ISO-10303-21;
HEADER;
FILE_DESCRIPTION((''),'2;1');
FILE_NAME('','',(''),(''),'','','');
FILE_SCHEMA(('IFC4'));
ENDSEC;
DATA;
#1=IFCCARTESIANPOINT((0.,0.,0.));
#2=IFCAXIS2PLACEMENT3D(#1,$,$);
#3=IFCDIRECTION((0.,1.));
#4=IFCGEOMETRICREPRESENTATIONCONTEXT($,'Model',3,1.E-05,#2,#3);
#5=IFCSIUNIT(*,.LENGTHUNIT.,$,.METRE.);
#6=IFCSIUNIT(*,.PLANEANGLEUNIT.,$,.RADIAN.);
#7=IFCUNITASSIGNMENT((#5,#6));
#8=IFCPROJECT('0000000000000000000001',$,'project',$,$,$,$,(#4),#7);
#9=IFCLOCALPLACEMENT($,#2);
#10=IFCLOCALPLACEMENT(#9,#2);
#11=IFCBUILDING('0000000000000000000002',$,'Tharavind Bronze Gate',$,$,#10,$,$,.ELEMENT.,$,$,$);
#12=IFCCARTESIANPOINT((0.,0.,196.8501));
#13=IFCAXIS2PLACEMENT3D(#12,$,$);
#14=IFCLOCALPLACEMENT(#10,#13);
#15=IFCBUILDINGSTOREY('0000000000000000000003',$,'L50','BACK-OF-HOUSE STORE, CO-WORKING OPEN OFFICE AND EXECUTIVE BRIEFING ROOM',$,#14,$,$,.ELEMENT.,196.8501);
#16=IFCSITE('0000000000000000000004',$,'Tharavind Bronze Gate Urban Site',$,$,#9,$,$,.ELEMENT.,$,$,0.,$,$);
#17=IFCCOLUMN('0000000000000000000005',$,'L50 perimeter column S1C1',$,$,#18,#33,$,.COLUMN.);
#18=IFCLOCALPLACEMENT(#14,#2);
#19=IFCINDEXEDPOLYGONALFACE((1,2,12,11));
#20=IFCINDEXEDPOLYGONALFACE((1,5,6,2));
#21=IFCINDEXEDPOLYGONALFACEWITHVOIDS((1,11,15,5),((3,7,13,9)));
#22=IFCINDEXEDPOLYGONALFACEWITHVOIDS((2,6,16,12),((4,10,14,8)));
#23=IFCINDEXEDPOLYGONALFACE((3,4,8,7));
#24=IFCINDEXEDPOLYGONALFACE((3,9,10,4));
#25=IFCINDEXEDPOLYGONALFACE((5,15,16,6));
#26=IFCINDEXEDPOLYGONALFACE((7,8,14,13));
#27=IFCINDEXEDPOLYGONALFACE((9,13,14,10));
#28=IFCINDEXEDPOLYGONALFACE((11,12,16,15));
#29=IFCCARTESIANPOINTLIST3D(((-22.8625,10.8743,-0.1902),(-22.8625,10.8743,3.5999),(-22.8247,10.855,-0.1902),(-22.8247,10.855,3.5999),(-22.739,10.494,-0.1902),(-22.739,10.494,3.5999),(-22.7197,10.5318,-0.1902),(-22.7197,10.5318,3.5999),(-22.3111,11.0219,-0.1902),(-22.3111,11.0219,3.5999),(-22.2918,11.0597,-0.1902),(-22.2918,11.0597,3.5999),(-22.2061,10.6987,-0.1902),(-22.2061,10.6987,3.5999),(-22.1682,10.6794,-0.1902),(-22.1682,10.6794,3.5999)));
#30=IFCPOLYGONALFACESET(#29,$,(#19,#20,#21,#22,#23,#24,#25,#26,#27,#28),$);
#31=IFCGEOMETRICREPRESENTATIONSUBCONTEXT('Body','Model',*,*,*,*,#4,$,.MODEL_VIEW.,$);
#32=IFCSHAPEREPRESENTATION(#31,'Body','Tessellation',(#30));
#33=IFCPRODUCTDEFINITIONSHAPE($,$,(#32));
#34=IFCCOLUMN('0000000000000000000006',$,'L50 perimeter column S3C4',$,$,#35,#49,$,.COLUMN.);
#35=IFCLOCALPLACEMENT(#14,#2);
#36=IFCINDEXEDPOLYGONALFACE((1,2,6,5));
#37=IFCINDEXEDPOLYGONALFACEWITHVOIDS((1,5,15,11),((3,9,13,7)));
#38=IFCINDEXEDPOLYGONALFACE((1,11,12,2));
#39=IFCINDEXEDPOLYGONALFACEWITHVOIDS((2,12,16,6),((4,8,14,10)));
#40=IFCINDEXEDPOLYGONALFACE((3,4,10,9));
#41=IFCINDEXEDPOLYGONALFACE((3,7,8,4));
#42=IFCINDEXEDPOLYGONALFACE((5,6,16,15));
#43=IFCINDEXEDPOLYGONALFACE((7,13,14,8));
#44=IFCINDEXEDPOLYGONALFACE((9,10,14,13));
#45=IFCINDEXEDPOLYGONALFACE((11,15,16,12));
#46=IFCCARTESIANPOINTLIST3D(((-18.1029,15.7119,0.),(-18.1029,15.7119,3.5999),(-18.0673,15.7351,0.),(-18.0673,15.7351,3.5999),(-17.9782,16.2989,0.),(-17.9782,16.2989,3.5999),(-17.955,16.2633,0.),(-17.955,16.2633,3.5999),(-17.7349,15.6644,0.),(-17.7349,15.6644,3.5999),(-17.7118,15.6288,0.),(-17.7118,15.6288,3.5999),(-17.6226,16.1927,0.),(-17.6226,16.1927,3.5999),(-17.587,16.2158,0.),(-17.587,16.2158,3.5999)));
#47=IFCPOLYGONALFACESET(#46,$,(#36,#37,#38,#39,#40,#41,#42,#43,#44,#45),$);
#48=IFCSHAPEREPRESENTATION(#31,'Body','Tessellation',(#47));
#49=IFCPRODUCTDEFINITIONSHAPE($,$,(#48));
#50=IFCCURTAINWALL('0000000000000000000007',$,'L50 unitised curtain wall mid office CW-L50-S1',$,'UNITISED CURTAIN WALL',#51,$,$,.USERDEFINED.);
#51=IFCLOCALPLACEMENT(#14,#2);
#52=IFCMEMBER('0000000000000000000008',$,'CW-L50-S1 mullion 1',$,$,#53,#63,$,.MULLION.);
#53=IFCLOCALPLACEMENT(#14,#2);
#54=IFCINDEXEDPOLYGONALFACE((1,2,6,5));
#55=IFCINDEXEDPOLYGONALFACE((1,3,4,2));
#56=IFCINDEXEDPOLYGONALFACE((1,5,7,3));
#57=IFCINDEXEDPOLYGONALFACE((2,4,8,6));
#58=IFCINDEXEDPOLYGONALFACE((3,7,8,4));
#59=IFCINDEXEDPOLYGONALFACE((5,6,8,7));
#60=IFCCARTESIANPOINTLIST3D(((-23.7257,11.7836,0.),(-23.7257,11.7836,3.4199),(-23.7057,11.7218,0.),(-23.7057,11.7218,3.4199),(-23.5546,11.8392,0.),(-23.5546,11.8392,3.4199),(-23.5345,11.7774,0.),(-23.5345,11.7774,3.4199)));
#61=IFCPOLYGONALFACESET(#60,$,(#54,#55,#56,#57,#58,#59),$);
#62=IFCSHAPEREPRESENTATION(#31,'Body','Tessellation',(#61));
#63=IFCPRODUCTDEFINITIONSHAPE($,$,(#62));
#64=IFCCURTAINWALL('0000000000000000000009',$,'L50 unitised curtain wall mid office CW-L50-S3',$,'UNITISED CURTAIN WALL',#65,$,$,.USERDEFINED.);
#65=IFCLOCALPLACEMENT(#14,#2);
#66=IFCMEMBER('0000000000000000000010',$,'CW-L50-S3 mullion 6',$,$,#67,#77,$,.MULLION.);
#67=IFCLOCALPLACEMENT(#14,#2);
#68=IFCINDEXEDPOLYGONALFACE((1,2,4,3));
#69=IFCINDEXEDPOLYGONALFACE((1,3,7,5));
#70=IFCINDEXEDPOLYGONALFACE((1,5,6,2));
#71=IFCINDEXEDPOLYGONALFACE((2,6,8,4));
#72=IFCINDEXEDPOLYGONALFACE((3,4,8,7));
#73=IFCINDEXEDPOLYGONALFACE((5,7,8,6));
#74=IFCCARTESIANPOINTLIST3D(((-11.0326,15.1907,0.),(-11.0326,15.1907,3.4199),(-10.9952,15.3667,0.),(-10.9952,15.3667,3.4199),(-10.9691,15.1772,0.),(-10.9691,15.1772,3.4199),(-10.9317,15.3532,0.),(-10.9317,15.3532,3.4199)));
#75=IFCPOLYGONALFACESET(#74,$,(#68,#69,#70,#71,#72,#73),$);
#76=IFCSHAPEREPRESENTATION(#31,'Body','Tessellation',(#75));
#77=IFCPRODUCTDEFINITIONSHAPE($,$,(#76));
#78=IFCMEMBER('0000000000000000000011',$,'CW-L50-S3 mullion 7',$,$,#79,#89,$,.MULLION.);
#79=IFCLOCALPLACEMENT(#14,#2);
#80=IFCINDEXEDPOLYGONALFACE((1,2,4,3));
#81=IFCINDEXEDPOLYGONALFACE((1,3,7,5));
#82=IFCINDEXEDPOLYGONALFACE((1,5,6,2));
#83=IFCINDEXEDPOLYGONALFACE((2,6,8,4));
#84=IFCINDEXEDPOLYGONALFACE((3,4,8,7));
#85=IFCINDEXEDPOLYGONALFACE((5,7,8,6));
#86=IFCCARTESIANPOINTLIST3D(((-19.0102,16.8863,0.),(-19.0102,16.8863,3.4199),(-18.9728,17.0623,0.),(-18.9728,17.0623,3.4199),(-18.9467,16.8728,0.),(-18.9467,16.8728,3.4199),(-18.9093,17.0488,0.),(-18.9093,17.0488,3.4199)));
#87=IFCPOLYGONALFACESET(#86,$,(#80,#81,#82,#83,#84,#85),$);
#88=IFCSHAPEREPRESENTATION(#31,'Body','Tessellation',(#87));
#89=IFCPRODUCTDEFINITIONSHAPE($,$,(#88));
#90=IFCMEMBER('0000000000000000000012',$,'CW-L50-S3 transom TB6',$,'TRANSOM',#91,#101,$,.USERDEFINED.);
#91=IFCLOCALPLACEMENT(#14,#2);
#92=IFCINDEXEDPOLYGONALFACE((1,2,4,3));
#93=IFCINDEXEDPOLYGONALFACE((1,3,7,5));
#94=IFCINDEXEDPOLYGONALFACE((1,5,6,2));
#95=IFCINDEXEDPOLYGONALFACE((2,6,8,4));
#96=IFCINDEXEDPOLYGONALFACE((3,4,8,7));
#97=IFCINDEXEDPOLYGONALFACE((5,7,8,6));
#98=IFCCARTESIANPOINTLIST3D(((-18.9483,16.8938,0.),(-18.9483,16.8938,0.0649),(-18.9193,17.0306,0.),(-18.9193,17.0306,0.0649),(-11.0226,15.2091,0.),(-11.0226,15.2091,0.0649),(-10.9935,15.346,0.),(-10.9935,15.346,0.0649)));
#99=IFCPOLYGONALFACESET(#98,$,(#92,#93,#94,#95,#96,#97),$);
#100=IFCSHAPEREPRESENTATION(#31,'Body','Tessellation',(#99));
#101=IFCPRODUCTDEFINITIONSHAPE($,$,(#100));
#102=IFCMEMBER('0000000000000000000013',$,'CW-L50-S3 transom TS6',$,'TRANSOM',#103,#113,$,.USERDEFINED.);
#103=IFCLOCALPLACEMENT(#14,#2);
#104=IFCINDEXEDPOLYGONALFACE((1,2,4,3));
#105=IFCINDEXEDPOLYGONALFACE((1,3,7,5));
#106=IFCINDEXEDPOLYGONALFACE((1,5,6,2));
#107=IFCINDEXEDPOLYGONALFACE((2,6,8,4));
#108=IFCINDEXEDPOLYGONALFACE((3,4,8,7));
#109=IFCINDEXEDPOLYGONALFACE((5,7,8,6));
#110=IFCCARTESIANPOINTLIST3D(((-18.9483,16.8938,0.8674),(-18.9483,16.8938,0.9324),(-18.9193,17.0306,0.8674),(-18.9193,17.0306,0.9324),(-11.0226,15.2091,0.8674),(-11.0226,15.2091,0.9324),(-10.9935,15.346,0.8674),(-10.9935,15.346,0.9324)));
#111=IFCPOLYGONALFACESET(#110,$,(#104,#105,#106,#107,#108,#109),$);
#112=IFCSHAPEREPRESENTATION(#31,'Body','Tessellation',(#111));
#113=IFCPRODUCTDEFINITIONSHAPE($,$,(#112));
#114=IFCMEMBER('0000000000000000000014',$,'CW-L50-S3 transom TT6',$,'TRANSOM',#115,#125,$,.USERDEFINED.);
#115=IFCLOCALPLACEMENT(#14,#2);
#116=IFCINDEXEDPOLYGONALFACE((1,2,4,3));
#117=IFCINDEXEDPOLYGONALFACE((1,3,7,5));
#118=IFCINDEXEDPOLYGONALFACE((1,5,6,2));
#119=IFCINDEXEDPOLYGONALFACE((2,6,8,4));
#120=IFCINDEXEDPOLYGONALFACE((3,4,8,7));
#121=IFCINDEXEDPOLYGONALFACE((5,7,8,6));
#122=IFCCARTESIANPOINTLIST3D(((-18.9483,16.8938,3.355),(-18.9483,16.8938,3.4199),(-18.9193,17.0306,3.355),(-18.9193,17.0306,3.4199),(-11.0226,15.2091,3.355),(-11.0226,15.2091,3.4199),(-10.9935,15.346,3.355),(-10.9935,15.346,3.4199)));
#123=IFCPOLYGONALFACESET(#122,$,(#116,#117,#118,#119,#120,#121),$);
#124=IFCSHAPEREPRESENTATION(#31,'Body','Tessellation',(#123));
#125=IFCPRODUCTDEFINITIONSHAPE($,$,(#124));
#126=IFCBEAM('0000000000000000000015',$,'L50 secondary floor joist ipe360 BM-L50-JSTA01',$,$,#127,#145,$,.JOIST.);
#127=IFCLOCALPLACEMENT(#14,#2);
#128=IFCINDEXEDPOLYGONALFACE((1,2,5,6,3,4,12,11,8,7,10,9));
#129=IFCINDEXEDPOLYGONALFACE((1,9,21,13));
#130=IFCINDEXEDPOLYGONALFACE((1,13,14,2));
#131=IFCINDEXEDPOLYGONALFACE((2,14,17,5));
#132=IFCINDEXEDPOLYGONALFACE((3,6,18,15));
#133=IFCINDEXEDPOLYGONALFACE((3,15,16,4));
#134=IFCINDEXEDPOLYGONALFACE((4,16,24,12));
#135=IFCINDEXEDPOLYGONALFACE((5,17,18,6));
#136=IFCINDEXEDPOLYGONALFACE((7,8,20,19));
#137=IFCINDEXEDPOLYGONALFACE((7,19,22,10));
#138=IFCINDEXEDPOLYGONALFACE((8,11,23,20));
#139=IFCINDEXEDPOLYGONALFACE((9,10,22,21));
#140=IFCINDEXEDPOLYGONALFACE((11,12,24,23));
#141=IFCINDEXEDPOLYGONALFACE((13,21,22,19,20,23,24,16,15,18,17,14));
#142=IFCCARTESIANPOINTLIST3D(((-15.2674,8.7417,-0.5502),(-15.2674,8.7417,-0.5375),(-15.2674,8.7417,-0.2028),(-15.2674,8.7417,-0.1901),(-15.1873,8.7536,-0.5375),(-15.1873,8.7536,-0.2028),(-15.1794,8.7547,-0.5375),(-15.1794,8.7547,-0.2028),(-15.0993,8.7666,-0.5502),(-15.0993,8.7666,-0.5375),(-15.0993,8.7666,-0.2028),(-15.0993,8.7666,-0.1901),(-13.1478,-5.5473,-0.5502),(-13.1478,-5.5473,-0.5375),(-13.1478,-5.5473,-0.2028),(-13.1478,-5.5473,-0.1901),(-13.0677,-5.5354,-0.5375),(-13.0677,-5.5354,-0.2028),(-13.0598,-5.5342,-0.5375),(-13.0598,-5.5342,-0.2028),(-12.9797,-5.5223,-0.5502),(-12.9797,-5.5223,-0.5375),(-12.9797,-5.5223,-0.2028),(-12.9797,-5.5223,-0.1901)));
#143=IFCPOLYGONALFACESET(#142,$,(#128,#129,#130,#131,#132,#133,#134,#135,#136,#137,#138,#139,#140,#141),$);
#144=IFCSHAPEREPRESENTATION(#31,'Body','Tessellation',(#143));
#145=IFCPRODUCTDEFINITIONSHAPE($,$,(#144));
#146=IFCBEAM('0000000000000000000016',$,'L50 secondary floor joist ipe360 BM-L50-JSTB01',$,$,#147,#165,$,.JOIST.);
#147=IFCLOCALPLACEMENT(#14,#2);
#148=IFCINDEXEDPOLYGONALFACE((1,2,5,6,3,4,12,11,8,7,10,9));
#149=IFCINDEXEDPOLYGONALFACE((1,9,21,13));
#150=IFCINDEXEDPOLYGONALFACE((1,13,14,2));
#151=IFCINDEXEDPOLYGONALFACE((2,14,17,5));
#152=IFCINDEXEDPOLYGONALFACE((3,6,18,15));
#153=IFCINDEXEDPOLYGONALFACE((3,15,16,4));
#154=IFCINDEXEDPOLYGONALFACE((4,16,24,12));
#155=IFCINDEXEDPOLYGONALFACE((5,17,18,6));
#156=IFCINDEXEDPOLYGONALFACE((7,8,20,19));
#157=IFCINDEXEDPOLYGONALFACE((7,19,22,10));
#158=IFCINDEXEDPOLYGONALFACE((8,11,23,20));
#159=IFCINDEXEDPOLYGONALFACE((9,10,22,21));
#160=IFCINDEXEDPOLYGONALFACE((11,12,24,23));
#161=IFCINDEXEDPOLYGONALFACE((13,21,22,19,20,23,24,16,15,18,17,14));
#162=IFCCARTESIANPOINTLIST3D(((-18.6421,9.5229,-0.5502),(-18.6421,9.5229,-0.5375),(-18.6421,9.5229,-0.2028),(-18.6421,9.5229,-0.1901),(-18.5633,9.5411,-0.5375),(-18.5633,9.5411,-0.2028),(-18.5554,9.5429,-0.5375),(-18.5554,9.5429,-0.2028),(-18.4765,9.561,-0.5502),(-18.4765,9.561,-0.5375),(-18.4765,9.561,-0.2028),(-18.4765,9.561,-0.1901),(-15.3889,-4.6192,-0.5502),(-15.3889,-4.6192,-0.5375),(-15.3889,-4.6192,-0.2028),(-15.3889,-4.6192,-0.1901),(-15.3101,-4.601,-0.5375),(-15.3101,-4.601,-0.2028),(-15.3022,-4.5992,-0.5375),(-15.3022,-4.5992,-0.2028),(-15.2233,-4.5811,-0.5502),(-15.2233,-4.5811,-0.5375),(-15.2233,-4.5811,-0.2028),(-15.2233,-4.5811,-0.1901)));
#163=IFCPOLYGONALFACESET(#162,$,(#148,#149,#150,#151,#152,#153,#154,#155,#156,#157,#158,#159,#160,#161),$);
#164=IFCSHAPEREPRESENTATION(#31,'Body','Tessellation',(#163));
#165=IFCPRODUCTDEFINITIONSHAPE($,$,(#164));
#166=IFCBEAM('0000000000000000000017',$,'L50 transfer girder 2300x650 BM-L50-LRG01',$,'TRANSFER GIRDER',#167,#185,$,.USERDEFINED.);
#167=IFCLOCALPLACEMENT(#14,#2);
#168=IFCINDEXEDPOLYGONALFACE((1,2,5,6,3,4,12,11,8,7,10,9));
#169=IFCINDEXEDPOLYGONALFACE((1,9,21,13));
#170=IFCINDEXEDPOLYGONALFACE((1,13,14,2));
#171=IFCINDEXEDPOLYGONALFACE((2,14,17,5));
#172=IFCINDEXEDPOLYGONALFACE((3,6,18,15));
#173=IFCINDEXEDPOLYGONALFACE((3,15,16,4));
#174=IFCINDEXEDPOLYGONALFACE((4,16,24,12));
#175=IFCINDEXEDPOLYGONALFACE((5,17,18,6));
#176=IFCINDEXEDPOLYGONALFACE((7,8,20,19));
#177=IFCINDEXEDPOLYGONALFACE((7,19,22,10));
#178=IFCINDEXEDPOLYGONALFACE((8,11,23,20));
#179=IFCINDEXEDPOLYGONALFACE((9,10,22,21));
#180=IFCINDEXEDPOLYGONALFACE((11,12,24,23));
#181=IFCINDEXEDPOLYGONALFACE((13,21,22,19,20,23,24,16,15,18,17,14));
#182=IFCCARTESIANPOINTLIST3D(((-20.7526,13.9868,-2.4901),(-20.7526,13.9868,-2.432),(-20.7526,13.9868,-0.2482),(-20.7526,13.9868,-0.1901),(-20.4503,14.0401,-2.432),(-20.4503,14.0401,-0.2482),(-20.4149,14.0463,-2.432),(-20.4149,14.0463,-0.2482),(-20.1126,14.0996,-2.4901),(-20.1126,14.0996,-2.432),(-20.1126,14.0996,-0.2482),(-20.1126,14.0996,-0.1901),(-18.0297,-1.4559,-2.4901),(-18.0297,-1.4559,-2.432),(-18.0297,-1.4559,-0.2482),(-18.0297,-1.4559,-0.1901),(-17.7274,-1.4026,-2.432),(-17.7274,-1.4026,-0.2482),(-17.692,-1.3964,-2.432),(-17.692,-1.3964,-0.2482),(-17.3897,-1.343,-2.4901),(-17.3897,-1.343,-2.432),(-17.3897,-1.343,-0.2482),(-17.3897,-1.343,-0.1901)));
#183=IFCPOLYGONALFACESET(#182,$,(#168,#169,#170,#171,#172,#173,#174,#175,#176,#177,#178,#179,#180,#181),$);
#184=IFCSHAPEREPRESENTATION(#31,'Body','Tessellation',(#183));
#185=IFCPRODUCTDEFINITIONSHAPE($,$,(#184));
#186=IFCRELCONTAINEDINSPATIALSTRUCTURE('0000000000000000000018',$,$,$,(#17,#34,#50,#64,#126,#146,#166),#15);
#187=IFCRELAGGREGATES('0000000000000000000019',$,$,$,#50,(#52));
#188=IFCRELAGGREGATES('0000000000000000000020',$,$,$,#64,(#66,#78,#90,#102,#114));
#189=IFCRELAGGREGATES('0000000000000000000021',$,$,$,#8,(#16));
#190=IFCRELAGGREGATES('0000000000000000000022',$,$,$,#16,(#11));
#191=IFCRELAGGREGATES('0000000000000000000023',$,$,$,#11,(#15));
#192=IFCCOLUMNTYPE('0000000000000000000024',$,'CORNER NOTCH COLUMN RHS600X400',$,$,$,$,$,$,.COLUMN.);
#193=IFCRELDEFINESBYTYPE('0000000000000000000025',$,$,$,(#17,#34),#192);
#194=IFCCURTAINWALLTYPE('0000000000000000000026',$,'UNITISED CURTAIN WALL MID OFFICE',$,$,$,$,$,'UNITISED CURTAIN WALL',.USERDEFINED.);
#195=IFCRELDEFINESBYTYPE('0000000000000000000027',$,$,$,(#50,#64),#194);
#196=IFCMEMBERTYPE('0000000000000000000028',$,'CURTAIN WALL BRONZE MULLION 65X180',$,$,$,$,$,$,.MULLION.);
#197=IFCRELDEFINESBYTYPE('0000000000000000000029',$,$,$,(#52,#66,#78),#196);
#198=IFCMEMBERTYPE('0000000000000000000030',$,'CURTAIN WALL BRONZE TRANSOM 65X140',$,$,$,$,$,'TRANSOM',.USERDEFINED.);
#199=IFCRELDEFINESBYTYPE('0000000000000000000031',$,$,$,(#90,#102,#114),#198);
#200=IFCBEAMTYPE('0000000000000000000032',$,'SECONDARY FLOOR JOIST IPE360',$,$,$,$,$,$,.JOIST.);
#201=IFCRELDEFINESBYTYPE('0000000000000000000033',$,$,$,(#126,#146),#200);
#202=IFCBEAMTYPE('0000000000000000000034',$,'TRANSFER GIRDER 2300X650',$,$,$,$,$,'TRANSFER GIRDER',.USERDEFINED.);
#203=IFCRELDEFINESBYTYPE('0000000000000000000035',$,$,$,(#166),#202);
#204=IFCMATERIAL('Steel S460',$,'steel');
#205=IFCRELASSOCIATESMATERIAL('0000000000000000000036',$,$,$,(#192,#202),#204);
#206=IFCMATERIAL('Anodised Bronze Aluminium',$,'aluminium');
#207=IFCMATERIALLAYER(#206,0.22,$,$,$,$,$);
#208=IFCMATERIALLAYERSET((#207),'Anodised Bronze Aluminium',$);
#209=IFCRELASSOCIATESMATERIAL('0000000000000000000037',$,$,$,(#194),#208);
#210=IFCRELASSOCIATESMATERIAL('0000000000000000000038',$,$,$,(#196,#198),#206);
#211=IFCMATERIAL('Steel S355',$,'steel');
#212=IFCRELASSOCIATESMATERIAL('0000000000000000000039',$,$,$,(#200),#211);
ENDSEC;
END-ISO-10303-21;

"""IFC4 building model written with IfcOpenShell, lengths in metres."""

from ifc_helpers import new_model, si_unit, direction, frame, origin, origin_2d, place, context, subcontext, project, spatial, rectangle, hollow_rectangle, i_section, extrude, material, layer, layer_set, material_profile, profile_set, type_object, element, aggregate, save


model = new_model("IFC4")

# Units and contexts
model_context = context("Model", 3, precision=1e-05, world=origin(), true_north=direction((0.0, 1.0)))
body_context = subcontext(model_context, "Body", "Model", "MODEL_VIEW")
ifc_project = project(units=[si_unit("LENGTHUNIT", "METRE"), si_unit("PLANEANGLEUNIT", "RADIAN")], contexts=[model_context])

# Site, building, storey
site_placement = place(None, origin())
site = spatial("IfcSite", under=ifc_project, at=site_placement, Name="Tharavind Bronze Gate Urban Site", CompositionType="ELEMENT", RefElevation=0.0)
building_placement = place(site_placement, origin())
building = spatial("IfcBuilding", under=site, at=building_placement, Name="Tharavind Bronze Gate", CompositionType="ELEMENT")
storey_placement = place(building_placement, frame((0.0, 0.0, 196.8501)))
storey = spatial("IfcBuildingStorey", under=building, at=storey_placement, Name="L50", Description="BACK-OF-HOUSE STORE, CO-WORKING OPEN OFFICE AND EXECUTIVE BRIEFING ROOM", CompositionType="ELEMENT", Elevation=196.8501)

# Columns
ifc_material_1 = material(Name="Steel S460", Category="steel")
ifc_material_profile_1 = material_profile(ifc_material_1, hollow_rectangle(XDim=0.3999, YDim=0.6001, WallThickness=0.03, at=origin_2d()), Name="RHS600X400X30")
ifc_profile_set_1 = profile_set([ifc_material_profile_1], Name="Steel S460")
column_type = type_object("IfcColumnType", Name="CORNER NOTCH COLUMN RHS600X400", PredefinedType="COLUMN", material=ifc_profile_set_1)
column_1_placement = place(storey_placement, frame((-22.5154, 10.7769, -0.1902), z_axis=(0.0, 0.0, 1.0), x_axis=(-0.309017, 0.951057, 0.0)))
element("IfcColumn", 1, at=column_1_placement, inside=storey, type_object=column_type, Name="L50 perimeter column S1C1", PredefinedType="COLUMN", context=body_context, shape_type="SweptSolid", body=[
    extrude(hollow_rectangle(XDim=0.3999, YDim=0.6001, WallThickness=0.03, at=origin_2d()), origin(), (0.0, 0.0, 1.0), 3.79),
])
column_2_placement = place(storey_placement, frame((-17.845, 15.9639, 0.0), z_axis=(0.0, 0.0, 1.0), x_axis=(-0.978148, 0.207912, 0.0)))
element("IfcColumn", 2, at=column_2_placement, inside=storey, type_object=column_type, Name="L50 perimeter column S3C4", PredefinedType="COLUMN", context=body_context, shape_type="SweptSolid", body=[
    extrude(hollow_rectangle(XDim=0.3999, YDim=0.6001, WallThickness=0.03, at=origin_2d()), origin(), (0.0, 0.0, 1.0), 3.5999),
])

# Curtain wall, member
ifc_material_2 = material(Name="Anodised Bronze Aluminium", Category="aluminium")
ifc_layer_1 = layer(ifc_material_2, 0.22)
ifc_layer_set_1 = layer_set([ifc_layer_1], Name="Anodised Bronze Aluminium")
curtain_wall_type = type_object("IfcCurtainWallType", Name="UNITISED CURTAIN WALL MID OFFICE", ElementType="UNITISED CURTAIN WALL", PredefinedType="USERDEFINED", material=ifc_layer_set_1)
curtain_wall_1_placement = place(storey_placement, origin())
curtain_wall_1 = element("IfcCurtainWall", 3, at=curtain_wall_1_placement, inside=storey, type_object=curtain_wall_type, Name="L50 unitised curtain wall mid office CW-L50-S1", ObjectType="UNITISED CURTAIN WALL", PredefinedType="USERDEFINED")
member_type_1 = type_object("IfcMemberType", Name="CURTAIN WALL BRONZE MULLION 65X180", PredefinedType="MULLION", material=ifc_material_2)
member_1_placement = place(storey_placement, frame((-23.6301, 11.7805, 0.0), z_axis=(0.0, 0.0, 1.0), x_axis=(0.309017, -0.951057, 0.0)))
member_1 = element("IfcMember", 4, at=member_1_placement, type_object=member_type_1, Name="CW-L50-S1 mullion 1", PredefinedType="MULLION", context=body_context, shape_type="SweptSolid", body=[
    extrude(rectangle(XDim=0.0649, YDim=0.1799, at=origin_2d()), origin(), (0.0, 0.0, 1.0), 3.4199),
])
aggregate(curtain_wall_1, [member_1])

# Curtain wall, members
curtain_wall_2_placement = place(storey_placement, origin())
curtain_wall_2 = element("IfcCurtainWall", 5, at=curtain_wall_2_placement, inside=storey, type_object=curtain_wall_type, Name="L50 unitised curtain wall mid office CW-L50-S3", ObjectType="UNITISED CURTAIN WALL", PredefinedType="USERDEFINED")
member_2_placement = place(storey_placement, frame((-10.9822, 15.272, 0.0), z_axis=(0.0, 0.0, 1.0), x_axis=(-0.978148, 0.207912, 0.0)))
member_2 = element("IfcMember", 6, at=member_2_placement, type_object=member_type_1, Name="CW-L50-S3 mullion 6", PredefinedType="MULLION", context=body_context, shape_type="SweptSolid", body=[
    extrude(rectangle(XDim=0.0649, YDim=0.1799, at=origin_2d()), origin(), (0.0, 0.0, 1.0), 3.4199),
])
member_3_placement = place(storey_placement, frame((-18.9597, 16.9675, 0.0), z_axis=(0.0, 0.0, 1.0), x_axis=(-0.978148, 0.207912, 0.0)))
member_3 = element("IfcMember", 7, at=member_3_placement, type_object=member_type_1, Name="CW-L50-S3 mullion 7", PredefinedType="MULLION", context=body_context, shape_type="SweptSolid", body=[
    extrude(rectangle(XDim=0.0649, YDim=0.1799, at=origin_2d()), origin(), (0.0, 0.0, 1.0), 3.4199),
])
member_type_2 = type_object("IfcMemberType", Name="CURTAIN WALL BRONZE TRANSOM 65X140", ElementType="TRANSOM", PredefinedType="USERDEFINED", material=ifc_material_2)
member_4_placement = place(storey_placement, frame((-14.9709, 16.1199, 0.0), z_axis=(0.0, 0.0, 1.0), x_axis=(-0.978148, 0.207912, 0.0)))
member_4 = element("IfcMember", 8, at=member_4_placement, type_object=member_type_2, Name="CW-L50-S3 transom TB6", ObjectType="TRANSOM", PredefinedType="USERDEFINED", context=body_context, shape_type="SweptSolid", body=[
    extrude(rectangle(XDim=8.1028, YDim=0.1399, at=origin_2d()), origin(), (0.0, 0.0, 1.0), 0.0649),
])
member_5_placement = place(storey_placement, frame((-14.9709, 16.1199, 0.8674), z_axis=(0.0, 0.0, 1.0), x_axis=(-0.978148, 0.207912, 0.0)))
member_5 = element("IfcMember", 9, at=member_5_placement, type_object=member_type_2, Name="CW-L50-S3 transom TS6", ObjectType="TRANSOM", PredefinedType="USERDEFINED", context=body_context, shape_type="SweptSolid", body=[
    extrude(rectangle(XDim=8.1028, YDim=0.1399, at=origin_2d()), origin(), (0.0, 0.0, 1.0), 0.0649),
])
member_6_placement = place(storey_placement, frame((-14.9709, 16.1199, 3.355), z_axis=(0.0, 0.0, 1.0), x_axis=(-0.978148, 0.207912, 0.0)))
member_6 = element("IfcMember", 10, at=member_6_placement, type_object=member_type_2, Name="CW-L50-S3 transom TT6", ObjectType="TRANSOM", PredefinedType="USERDEFINED", context=body_context, shape_type="SweptSolid", body=[
    extrude(rectangle(XDim=8.1028, YDim=0.1399, at=origin_2d()), origin(), (0.0, 0.0, 1.0), 0.0649),
])

# Beams
ifc_material_3 = material(Name="Steel S355", Category="steel")
ifc_material_profile_2 = material_profile(ifc_material_3, i_section(OverallWidth=0.1699, OverallDepth=0.3601, WebThickness=0.0081, FlangeThickness=0.0127, at=origin_2d()), Name="IPE360")
ifc_profile_set_2 = profile_set([ifc_material_profile_2], Name="Steel S355")
beam_type_1 = type_object("IfcBeamType", Name="SECONDARY FLOOR JOIST IPE360", PredefinedType="JOIST", material=ifc_profile_set_2)
beam_1_placement = place(storey_placement, frame((-15.1833, 8.7542, -0.3701), z_axis=(0.146734, -0.989176, 0.0), x_axis=(0.989176, 0.146734, 0.0)))
element("IfcBeam", 11, at=beam_1_placement, inside=storey, type_object=beam_type_1, Name="L50 secondary floor joist ipe360 BM-L50-JSTA01", PredefinedType="JOIST", context=body_context, shape_type="SweptSolid", body=[
    extrude(i_section(OverallWidth=0.1699, OverallDepth=0.3601, WebThickness=0.0081, FlangeThickness=0.0127, at=origin_2d()), origin(), (0.0, 0.0, 1.0), 14.4453),
])
beam_2_placement = place(storey_placement, frame((-18.5593, 9.542, -0.3701), z_axis=(0.22418, -0.974548, 0.0), x_axis=(0.974548, 0.22418, 0.0)))
element("IfcBeam", 12, at=beam_2_placement, inside=storey, type_object=beam_type_1, Name="L50 secondary floor joist ipe360 BM-L50-JSTB01", PredefinedType="JOIST", context=body_context, shape_type="SweptSolid", body=[
    extrude(i_section(OverallWidth=0.1699, OverallDepth=0.3601, WebThickness=0.0081, FlangeThickness=0.0127, at=origin_2d()), origin(), (0.0, 0.0, 1.0), 14.5115),
])
ifc_material_profile_3 = material_profile(ifc_material_1, i_section(OverallWidth=0.6499, OverallDepth=2.3, WebThickness=0.0359, FlangeThickness=0.0581, at=origin_2d()), Name="PG2300X650")
ifc_profile_set_3 = profile_set([ifc_material_profile_3], Name="Steel S460")
beam_type_2 = type_object("IfcBeamType", Name="TRANSFER GIRDER 2300X650", ElementType="TRANSFER GIRDER", PredefinedType="USERDEFINED", material=ifc_profile_set_3)
beam_3_placement = place(storey_placement, frame((-20.4326, 14.0432, -1.3401), z_axis=(0.173645, -0.984808, 0.0), x_axis=(0.984808, 0.173645, 0.0)))
element("IfcBeam", 13, at=beam_3_placement, inside=storey, type_object=beam_type_2, Name="L50 transfer girder 2300x650 BM-L50-LRG01", ObjectType="TRANSFER GIRDER", PredefinedType="USERDEFINED", context=body_context, shape_type="SweptSolid", body=[
    extrude(i_section(OverallWidth=0.6499, OverallDepth=2.3, WebThickness=0.0359, FlangeThickness=0.0581, at=origin_2d()), origin(), (0.0, 0.0, 1.0), 15.6809),
])

aggregate(curtain_wall_2, [member_2, member_3, member_4, member_5, member_6])

save(model, "model.ifc")
